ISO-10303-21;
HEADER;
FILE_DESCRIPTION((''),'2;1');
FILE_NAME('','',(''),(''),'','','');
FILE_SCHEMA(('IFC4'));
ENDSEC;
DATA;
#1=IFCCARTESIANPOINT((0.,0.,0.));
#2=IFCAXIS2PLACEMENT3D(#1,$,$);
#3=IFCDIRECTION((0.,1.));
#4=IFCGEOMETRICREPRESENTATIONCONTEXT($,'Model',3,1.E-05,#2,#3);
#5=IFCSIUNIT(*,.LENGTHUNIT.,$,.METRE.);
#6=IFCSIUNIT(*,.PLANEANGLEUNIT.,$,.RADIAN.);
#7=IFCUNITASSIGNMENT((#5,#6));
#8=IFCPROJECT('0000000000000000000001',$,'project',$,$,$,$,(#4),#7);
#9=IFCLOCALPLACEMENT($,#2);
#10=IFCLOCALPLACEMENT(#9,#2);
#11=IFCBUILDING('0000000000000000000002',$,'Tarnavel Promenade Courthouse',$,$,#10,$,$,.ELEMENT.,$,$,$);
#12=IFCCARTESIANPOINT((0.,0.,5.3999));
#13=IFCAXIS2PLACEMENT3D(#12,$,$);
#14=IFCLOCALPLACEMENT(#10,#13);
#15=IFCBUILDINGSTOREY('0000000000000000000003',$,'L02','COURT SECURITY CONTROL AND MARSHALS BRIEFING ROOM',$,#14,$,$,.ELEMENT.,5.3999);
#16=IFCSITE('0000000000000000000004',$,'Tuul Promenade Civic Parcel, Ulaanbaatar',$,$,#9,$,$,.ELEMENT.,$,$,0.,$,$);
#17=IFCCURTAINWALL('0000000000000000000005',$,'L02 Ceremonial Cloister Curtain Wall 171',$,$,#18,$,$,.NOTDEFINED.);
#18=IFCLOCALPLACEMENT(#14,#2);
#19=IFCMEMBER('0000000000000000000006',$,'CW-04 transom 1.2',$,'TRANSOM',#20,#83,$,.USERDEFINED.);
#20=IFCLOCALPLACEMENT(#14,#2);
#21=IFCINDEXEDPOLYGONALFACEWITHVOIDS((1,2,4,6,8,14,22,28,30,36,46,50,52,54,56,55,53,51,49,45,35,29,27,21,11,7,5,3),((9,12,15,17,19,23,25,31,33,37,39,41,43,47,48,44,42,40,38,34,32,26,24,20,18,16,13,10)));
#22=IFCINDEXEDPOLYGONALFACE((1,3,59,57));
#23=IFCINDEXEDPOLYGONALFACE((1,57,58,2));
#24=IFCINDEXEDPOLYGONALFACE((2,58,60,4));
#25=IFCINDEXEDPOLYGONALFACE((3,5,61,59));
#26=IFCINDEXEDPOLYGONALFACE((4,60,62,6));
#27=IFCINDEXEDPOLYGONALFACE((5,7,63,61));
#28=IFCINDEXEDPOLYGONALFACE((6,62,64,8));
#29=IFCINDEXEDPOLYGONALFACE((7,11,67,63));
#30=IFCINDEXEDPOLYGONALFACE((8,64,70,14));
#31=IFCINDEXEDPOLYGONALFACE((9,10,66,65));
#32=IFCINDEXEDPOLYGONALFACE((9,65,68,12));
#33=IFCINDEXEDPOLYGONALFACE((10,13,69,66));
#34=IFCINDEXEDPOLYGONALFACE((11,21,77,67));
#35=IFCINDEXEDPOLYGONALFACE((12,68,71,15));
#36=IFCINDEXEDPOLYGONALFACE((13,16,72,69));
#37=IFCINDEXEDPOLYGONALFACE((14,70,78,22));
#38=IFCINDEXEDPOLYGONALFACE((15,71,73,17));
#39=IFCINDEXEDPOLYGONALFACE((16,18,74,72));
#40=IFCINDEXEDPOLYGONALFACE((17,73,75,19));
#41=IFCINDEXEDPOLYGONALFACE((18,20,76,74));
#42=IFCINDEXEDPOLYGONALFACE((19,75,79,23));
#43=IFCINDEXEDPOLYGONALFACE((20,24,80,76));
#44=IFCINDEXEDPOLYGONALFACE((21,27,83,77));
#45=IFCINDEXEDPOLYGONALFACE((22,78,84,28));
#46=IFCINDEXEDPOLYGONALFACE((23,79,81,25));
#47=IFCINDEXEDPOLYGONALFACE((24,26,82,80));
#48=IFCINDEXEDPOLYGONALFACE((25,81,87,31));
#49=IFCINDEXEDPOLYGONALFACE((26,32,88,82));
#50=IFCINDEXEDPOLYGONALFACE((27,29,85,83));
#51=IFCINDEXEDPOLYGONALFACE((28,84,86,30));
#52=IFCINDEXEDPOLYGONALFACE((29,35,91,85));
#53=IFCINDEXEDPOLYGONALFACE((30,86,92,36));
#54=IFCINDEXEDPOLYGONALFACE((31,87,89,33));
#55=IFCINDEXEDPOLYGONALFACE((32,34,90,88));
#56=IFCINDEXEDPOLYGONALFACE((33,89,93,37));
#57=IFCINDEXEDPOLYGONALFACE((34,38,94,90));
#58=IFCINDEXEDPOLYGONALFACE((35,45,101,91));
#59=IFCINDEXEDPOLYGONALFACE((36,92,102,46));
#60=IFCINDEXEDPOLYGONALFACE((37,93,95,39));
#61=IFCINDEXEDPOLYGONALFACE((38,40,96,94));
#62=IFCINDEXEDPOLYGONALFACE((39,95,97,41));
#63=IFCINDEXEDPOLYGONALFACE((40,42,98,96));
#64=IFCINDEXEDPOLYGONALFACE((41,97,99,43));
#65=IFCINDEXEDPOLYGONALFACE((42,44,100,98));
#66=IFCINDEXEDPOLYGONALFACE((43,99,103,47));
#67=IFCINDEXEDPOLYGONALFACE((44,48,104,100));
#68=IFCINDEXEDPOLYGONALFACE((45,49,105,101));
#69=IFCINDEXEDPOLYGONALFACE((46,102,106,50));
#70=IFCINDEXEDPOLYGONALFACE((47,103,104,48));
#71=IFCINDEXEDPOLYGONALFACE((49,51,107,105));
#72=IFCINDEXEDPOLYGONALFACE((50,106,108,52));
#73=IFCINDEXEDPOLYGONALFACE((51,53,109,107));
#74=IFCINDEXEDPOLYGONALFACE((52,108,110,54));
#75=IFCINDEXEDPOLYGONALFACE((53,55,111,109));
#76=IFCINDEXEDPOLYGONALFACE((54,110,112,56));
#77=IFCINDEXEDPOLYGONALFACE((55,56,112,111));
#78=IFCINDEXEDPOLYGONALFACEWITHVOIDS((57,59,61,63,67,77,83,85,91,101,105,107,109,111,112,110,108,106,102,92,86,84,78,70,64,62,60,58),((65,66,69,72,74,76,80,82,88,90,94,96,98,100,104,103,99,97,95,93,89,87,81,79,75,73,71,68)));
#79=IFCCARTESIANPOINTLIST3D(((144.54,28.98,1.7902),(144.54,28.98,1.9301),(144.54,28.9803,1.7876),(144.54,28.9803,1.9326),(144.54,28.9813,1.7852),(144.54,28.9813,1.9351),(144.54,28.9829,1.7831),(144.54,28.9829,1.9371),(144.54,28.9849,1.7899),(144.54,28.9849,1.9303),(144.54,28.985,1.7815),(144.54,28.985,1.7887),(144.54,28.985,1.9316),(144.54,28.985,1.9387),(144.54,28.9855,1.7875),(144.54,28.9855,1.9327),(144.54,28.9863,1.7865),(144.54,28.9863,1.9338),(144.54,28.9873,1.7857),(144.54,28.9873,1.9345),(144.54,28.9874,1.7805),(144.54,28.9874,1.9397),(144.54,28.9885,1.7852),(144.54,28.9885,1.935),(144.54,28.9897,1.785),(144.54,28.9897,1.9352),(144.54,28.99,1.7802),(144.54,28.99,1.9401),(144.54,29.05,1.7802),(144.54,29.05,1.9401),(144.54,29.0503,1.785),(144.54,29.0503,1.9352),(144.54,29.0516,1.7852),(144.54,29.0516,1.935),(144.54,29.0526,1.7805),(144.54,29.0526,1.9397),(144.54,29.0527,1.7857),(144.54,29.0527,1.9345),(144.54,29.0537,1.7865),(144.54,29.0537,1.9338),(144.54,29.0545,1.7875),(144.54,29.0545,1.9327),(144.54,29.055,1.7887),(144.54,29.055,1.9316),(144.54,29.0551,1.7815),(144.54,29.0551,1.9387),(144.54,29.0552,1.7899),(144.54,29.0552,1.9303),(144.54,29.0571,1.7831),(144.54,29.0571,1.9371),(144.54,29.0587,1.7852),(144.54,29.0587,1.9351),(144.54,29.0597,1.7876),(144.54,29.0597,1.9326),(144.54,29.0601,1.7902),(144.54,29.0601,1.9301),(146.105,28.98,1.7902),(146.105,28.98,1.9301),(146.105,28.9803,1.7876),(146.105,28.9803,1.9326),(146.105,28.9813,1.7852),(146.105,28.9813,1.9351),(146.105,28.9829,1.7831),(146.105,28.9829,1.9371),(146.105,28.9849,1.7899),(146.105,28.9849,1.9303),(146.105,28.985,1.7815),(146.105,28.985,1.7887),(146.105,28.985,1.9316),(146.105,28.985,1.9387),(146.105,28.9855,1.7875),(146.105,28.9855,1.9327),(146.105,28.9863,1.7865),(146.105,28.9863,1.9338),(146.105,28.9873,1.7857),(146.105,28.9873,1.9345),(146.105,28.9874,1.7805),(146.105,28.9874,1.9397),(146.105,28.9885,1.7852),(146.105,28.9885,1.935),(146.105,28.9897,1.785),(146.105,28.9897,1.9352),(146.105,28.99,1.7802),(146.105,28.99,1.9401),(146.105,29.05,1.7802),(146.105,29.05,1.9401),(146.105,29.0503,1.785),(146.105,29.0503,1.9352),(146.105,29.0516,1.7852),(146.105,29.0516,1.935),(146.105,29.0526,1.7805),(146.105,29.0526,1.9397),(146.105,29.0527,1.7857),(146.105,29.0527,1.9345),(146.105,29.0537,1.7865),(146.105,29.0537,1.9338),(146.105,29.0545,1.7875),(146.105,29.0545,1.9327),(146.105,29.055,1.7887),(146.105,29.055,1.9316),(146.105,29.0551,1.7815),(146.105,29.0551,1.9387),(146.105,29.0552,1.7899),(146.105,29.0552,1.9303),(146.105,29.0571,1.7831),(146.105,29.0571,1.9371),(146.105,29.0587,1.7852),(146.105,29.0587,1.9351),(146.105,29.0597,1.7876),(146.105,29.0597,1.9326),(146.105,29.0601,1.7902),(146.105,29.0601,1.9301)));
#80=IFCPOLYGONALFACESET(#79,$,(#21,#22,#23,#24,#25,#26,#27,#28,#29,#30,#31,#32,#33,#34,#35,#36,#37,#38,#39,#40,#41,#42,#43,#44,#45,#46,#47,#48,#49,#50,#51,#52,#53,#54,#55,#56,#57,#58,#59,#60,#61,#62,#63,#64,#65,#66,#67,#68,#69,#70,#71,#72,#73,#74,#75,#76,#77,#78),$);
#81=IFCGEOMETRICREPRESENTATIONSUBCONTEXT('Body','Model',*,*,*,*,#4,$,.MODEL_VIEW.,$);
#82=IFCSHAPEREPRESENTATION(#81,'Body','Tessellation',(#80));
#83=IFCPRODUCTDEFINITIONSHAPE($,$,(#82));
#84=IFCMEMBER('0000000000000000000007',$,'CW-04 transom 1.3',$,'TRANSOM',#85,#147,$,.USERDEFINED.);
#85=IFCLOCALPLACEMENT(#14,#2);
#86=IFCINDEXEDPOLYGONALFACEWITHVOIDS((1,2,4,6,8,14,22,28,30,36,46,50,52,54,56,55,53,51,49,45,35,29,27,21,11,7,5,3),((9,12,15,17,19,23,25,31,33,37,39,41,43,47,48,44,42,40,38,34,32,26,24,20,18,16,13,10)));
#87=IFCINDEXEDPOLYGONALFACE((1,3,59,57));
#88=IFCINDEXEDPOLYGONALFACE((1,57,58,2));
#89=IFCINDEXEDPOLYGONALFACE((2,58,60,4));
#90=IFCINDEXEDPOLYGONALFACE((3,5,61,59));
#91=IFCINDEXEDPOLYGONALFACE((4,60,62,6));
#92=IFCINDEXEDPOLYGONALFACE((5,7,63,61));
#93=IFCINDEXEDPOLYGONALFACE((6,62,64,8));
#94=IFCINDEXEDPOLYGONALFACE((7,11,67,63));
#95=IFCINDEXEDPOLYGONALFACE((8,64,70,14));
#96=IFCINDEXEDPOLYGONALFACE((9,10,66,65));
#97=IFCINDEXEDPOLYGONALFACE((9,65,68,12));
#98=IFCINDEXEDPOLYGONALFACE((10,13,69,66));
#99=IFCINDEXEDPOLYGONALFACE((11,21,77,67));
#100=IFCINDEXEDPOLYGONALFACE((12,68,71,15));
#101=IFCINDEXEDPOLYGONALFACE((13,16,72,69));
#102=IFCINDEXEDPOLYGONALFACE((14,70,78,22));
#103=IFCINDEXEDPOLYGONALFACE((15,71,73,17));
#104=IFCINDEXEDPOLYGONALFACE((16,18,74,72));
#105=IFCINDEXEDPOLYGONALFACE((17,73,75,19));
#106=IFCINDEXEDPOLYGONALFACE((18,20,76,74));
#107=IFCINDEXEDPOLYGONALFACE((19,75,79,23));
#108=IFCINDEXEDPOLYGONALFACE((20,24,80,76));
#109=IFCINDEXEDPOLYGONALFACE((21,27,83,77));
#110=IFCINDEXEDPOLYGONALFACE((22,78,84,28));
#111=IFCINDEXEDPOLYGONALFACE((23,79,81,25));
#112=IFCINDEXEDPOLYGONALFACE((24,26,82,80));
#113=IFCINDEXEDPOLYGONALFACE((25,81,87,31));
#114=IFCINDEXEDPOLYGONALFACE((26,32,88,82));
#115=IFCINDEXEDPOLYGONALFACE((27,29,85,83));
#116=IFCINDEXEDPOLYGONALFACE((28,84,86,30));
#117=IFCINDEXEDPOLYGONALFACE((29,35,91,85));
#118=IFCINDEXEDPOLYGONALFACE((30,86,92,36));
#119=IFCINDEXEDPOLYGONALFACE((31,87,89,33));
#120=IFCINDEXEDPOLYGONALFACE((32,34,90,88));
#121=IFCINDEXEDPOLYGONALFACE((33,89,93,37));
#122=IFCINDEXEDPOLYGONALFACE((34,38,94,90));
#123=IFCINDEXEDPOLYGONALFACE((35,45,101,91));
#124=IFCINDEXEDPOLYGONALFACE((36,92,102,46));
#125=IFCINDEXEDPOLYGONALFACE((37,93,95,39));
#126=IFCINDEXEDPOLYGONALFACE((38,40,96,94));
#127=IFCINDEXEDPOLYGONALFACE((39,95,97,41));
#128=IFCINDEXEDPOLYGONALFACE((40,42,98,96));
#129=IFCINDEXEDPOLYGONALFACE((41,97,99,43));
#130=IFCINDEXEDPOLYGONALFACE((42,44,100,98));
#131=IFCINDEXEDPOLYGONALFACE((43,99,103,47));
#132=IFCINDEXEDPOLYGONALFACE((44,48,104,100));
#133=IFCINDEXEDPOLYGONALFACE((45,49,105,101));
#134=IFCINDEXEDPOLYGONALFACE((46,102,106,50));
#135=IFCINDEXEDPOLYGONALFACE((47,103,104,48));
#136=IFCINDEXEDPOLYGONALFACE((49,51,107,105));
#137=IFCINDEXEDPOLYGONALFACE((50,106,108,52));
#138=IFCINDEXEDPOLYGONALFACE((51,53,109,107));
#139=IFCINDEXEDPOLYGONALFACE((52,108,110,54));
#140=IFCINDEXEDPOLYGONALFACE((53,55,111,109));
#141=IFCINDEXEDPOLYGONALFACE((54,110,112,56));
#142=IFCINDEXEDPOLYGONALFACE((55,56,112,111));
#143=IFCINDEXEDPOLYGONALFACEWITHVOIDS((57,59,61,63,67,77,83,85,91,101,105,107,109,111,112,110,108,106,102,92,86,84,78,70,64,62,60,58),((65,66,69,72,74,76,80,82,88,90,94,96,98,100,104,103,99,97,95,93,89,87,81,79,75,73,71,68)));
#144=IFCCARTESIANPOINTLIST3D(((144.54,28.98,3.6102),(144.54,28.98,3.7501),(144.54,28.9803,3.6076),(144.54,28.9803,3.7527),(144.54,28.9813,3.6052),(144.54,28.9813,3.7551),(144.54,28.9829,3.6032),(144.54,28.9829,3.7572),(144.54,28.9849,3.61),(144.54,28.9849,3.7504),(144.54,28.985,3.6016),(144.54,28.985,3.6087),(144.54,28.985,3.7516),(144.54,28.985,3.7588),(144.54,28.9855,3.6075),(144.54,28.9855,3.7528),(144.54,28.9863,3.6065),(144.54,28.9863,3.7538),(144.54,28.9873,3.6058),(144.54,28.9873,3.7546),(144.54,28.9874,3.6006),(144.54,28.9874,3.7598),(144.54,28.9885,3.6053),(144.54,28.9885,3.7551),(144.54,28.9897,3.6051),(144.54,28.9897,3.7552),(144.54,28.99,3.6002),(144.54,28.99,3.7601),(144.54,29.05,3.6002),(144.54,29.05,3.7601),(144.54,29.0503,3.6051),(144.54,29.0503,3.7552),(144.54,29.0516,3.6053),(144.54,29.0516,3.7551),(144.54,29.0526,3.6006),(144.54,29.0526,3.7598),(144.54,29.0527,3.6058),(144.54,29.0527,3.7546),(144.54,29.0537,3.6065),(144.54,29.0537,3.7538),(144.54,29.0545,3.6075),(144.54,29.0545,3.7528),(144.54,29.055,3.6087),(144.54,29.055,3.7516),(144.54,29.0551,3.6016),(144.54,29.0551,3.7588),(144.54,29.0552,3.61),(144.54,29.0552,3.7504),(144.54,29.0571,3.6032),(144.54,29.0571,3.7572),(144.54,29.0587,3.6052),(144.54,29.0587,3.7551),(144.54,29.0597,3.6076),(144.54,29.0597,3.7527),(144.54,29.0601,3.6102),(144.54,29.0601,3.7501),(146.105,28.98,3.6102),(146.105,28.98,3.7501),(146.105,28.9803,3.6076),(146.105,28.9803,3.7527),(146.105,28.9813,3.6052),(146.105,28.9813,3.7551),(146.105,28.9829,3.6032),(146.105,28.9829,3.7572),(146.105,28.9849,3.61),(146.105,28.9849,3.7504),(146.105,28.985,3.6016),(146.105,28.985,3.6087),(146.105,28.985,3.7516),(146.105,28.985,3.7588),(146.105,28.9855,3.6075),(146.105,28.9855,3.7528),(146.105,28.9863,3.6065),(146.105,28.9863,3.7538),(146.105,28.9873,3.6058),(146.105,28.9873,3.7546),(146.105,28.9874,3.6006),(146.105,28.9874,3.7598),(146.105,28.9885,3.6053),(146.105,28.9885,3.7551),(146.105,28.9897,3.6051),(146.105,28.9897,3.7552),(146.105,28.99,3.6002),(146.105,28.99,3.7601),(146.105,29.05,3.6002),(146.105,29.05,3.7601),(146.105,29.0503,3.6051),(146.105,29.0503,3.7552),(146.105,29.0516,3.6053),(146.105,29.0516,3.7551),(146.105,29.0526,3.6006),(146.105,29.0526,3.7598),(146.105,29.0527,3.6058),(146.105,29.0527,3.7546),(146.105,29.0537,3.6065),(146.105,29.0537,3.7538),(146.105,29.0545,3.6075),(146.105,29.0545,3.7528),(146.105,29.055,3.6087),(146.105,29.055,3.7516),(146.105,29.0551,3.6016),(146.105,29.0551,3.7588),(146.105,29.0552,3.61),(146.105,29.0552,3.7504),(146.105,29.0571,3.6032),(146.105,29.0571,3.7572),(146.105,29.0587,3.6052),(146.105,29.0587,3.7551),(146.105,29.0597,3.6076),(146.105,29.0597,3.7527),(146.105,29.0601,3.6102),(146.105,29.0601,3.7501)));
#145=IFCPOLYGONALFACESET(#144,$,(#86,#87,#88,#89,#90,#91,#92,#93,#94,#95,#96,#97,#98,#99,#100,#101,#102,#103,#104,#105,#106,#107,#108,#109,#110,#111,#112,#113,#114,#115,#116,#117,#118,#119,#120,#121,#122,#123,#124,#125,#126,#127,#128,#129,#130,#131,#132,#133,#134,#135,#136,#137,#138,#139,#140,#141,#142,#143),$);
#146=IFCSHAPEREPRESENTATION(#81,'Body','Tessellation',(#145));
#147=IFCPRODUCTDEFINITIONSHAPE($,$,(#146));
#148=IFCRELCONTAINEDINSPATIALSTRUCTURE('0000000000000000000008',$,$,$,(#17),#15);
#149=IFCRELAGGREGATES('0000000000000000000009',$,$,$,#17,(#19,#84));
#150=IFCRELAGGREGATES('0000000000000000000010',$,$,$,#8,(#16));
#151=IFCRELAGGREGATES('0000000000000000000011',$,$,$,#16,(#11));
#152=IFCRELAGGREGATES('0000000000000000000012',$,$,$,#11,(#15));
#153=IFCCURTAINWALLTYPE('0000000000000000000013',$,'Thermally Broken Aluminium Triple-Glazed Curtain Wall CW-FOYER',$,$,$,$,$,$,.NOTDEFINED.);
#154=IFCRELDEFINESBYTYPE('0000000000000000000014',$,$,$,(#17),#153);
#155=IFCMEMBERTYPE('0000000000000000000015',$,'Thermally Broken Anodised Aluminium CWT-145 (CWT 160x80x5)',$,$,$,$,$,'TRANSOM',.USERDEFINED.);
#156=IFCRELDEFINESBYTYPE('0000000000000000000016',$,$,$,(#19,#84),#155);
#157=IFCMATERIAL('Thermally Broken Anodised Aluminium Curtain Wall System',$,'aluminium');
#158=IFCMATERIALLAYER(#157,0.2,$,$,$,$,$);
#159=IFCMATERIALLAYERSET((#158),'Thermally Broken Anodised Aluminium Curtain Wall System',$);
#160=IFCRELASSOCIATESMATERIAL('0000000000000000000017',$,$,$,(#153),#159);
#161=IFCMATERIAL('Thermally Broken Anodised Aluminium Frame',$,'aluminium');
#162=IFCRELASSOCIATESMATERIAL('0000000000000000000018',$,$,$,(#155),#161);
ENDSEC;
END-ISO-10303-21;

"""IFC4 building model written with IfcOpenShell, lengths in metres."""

from ifc_helpers import new_model, si_unit, direction, frame, origin, origin_2d, place, context, subcontext, project, spatial, hollow_rectangle, extrude, material, layer, layer_set, material_profile, profile_set, type_object, element, aggregate, save


model = new_model("IFC4")

# Units and contexts
model_context = context("Model", 3, precision=1e-05, world=origin(), true_north=direction((0.0, 1.0)))
body_context = subcontext(model_context, "Body", "Model", "MODEL_VIEW")
ifc_project = project(units=[si_unit("LENGTHUNIT", "METRE"), si_unit("PLANEANGLEUNIT", "RADIAN")], contexts=[model_context])

# Site, building, storey
site_placement = place(None, origin())
site = spatial("IfcSite", under=ifc_project, at=site_placement, Name="Tuul Promenade Civic Parcel, Ulaanbaatar", CompositionType="ELEMENT", RefElevation=0.0)
building_placement = place(site_placement, origin())
building = spatial("IfcBuilding", under=site, at=building_placement, Name="Tarnavel Promenade Courthouse", CompositionType="ELEMENT")
storey_placement = place(building_placement, frame((0.0, 0.0, 5.3999)))
storey = spatial("IfcBuildingStorey", under=building, at=storey_placement, Name="L02", Description="COURT SECURITY CONTROL AND MARSHALS BRIEFING ROOM", CompositionType="ELEMENT", Elevation=5.3999)

# Curtain wall
ifc_material_1 = material(Name="Thermally Broken Anodised Aluminium Curtain Wall System", Category="aluminium")
ifc_layer_1 = layer(ifc_material_1, 0.2)
ifc_layer_set_1 = layer_set([ifc_layer_1], Name="Thermally Broken Anodised Aluminium Curtain Wall System")
curtain_wall_type = type_object("IfcCurtainWallType", Name="Thermally Broken Aluminium Triple-Glazed Curtain Wall CW-FOYER", PredefinedType="NOTDEFINED", material=ifc_layer_set_1)
ifc_material_2 = material(Name="Thermally Broken Anodised Aluminium Frame", Category="aluminium")
curtain_wall_1_placement = place(storey_placement, origin())
curtain_wall_1 = element("IfcCurtainWall", 1, at=curtain_wall_1_placement, inside=storey, type_object=curtain_wall_type, Name="L02 Ceremonial Cloister Curtain Wall 171", PredefinedType="NOTDEFINED")

# Members
ifc_material_profile_1 = material_profile(ifc_material_2, hollow_rectangle(XDim=0.0801, YDim=0.1599, WallThickness=0.0049, InnerFilletRadius=0.0049, OuterFilletRadius=0.01, at=origin_2d()), Name="CWT 160x80x5")
ifc_profile_set_1 = profile_set([ifc_material_profile_1], Name="Thermally Broken Anodised Aluminium Frame")
member_type_1 = type_object("IfcMemberType", Name="Thermally Broken Anodised Aluminium CWT-145 (CWT 160x80x5)", ElementType="TRANSOM", PredefinedType="USERDEFINED", material=ifc_profile_set_1)
member_1_placement = place(storey_placement, frame((144.54, 29.02, 1.8601), z_axis=(1.0, 0.0, 0.0), x_axis=(0.0, 1.0, 0.0)))
member_1 = element("IfcMember", 2, at=member_1_placement, type_object=member_type_1, Name="CW-04 transom 1.2", ObjectType="TRANSOM", PredefinedType="USERDEFINED", context=body_context, shape_type="SweptSolid", body=[
    extrude(hollow_rectangle(XDim=0.0801, YDim=0.1599, WallThickness=0.0049, InnerFilletRadius=0.0049, OuterFilletRadius=0.01, at=origin_2d()), origin(), (0.0, 0.0, 1.0), 1.5649),
])
member_2_placement = place(storey_placement, frame((144.54, 29.02, 3.6802), z_axis=(1.0, 0.0, 0.0), x_axis=(0.0, 1.0, 0.0)))
member_2 = element("IfcMember", 3, at=member_2_placement, type_object=member_type_1, Name="CW-04 transom 1.3", ObjectType="TRANSOM", PredefinedType="USERDEFINED", context=body_context, shape_type="SweptSolid", body=[
    extrude(hollow_rectangle(XDim=0.0801, YDim=0.1599, WallThickness=0.0049, InnerFilletRadius=0.0049, OuterFilletRadius=0.01, at=origin_2d()), origin(), (0.0, 0.0, 1.0), 1.5649),
])

aggregate(curtain_wall_1, [member_1, member_2])

save(model, "model.ifc")
